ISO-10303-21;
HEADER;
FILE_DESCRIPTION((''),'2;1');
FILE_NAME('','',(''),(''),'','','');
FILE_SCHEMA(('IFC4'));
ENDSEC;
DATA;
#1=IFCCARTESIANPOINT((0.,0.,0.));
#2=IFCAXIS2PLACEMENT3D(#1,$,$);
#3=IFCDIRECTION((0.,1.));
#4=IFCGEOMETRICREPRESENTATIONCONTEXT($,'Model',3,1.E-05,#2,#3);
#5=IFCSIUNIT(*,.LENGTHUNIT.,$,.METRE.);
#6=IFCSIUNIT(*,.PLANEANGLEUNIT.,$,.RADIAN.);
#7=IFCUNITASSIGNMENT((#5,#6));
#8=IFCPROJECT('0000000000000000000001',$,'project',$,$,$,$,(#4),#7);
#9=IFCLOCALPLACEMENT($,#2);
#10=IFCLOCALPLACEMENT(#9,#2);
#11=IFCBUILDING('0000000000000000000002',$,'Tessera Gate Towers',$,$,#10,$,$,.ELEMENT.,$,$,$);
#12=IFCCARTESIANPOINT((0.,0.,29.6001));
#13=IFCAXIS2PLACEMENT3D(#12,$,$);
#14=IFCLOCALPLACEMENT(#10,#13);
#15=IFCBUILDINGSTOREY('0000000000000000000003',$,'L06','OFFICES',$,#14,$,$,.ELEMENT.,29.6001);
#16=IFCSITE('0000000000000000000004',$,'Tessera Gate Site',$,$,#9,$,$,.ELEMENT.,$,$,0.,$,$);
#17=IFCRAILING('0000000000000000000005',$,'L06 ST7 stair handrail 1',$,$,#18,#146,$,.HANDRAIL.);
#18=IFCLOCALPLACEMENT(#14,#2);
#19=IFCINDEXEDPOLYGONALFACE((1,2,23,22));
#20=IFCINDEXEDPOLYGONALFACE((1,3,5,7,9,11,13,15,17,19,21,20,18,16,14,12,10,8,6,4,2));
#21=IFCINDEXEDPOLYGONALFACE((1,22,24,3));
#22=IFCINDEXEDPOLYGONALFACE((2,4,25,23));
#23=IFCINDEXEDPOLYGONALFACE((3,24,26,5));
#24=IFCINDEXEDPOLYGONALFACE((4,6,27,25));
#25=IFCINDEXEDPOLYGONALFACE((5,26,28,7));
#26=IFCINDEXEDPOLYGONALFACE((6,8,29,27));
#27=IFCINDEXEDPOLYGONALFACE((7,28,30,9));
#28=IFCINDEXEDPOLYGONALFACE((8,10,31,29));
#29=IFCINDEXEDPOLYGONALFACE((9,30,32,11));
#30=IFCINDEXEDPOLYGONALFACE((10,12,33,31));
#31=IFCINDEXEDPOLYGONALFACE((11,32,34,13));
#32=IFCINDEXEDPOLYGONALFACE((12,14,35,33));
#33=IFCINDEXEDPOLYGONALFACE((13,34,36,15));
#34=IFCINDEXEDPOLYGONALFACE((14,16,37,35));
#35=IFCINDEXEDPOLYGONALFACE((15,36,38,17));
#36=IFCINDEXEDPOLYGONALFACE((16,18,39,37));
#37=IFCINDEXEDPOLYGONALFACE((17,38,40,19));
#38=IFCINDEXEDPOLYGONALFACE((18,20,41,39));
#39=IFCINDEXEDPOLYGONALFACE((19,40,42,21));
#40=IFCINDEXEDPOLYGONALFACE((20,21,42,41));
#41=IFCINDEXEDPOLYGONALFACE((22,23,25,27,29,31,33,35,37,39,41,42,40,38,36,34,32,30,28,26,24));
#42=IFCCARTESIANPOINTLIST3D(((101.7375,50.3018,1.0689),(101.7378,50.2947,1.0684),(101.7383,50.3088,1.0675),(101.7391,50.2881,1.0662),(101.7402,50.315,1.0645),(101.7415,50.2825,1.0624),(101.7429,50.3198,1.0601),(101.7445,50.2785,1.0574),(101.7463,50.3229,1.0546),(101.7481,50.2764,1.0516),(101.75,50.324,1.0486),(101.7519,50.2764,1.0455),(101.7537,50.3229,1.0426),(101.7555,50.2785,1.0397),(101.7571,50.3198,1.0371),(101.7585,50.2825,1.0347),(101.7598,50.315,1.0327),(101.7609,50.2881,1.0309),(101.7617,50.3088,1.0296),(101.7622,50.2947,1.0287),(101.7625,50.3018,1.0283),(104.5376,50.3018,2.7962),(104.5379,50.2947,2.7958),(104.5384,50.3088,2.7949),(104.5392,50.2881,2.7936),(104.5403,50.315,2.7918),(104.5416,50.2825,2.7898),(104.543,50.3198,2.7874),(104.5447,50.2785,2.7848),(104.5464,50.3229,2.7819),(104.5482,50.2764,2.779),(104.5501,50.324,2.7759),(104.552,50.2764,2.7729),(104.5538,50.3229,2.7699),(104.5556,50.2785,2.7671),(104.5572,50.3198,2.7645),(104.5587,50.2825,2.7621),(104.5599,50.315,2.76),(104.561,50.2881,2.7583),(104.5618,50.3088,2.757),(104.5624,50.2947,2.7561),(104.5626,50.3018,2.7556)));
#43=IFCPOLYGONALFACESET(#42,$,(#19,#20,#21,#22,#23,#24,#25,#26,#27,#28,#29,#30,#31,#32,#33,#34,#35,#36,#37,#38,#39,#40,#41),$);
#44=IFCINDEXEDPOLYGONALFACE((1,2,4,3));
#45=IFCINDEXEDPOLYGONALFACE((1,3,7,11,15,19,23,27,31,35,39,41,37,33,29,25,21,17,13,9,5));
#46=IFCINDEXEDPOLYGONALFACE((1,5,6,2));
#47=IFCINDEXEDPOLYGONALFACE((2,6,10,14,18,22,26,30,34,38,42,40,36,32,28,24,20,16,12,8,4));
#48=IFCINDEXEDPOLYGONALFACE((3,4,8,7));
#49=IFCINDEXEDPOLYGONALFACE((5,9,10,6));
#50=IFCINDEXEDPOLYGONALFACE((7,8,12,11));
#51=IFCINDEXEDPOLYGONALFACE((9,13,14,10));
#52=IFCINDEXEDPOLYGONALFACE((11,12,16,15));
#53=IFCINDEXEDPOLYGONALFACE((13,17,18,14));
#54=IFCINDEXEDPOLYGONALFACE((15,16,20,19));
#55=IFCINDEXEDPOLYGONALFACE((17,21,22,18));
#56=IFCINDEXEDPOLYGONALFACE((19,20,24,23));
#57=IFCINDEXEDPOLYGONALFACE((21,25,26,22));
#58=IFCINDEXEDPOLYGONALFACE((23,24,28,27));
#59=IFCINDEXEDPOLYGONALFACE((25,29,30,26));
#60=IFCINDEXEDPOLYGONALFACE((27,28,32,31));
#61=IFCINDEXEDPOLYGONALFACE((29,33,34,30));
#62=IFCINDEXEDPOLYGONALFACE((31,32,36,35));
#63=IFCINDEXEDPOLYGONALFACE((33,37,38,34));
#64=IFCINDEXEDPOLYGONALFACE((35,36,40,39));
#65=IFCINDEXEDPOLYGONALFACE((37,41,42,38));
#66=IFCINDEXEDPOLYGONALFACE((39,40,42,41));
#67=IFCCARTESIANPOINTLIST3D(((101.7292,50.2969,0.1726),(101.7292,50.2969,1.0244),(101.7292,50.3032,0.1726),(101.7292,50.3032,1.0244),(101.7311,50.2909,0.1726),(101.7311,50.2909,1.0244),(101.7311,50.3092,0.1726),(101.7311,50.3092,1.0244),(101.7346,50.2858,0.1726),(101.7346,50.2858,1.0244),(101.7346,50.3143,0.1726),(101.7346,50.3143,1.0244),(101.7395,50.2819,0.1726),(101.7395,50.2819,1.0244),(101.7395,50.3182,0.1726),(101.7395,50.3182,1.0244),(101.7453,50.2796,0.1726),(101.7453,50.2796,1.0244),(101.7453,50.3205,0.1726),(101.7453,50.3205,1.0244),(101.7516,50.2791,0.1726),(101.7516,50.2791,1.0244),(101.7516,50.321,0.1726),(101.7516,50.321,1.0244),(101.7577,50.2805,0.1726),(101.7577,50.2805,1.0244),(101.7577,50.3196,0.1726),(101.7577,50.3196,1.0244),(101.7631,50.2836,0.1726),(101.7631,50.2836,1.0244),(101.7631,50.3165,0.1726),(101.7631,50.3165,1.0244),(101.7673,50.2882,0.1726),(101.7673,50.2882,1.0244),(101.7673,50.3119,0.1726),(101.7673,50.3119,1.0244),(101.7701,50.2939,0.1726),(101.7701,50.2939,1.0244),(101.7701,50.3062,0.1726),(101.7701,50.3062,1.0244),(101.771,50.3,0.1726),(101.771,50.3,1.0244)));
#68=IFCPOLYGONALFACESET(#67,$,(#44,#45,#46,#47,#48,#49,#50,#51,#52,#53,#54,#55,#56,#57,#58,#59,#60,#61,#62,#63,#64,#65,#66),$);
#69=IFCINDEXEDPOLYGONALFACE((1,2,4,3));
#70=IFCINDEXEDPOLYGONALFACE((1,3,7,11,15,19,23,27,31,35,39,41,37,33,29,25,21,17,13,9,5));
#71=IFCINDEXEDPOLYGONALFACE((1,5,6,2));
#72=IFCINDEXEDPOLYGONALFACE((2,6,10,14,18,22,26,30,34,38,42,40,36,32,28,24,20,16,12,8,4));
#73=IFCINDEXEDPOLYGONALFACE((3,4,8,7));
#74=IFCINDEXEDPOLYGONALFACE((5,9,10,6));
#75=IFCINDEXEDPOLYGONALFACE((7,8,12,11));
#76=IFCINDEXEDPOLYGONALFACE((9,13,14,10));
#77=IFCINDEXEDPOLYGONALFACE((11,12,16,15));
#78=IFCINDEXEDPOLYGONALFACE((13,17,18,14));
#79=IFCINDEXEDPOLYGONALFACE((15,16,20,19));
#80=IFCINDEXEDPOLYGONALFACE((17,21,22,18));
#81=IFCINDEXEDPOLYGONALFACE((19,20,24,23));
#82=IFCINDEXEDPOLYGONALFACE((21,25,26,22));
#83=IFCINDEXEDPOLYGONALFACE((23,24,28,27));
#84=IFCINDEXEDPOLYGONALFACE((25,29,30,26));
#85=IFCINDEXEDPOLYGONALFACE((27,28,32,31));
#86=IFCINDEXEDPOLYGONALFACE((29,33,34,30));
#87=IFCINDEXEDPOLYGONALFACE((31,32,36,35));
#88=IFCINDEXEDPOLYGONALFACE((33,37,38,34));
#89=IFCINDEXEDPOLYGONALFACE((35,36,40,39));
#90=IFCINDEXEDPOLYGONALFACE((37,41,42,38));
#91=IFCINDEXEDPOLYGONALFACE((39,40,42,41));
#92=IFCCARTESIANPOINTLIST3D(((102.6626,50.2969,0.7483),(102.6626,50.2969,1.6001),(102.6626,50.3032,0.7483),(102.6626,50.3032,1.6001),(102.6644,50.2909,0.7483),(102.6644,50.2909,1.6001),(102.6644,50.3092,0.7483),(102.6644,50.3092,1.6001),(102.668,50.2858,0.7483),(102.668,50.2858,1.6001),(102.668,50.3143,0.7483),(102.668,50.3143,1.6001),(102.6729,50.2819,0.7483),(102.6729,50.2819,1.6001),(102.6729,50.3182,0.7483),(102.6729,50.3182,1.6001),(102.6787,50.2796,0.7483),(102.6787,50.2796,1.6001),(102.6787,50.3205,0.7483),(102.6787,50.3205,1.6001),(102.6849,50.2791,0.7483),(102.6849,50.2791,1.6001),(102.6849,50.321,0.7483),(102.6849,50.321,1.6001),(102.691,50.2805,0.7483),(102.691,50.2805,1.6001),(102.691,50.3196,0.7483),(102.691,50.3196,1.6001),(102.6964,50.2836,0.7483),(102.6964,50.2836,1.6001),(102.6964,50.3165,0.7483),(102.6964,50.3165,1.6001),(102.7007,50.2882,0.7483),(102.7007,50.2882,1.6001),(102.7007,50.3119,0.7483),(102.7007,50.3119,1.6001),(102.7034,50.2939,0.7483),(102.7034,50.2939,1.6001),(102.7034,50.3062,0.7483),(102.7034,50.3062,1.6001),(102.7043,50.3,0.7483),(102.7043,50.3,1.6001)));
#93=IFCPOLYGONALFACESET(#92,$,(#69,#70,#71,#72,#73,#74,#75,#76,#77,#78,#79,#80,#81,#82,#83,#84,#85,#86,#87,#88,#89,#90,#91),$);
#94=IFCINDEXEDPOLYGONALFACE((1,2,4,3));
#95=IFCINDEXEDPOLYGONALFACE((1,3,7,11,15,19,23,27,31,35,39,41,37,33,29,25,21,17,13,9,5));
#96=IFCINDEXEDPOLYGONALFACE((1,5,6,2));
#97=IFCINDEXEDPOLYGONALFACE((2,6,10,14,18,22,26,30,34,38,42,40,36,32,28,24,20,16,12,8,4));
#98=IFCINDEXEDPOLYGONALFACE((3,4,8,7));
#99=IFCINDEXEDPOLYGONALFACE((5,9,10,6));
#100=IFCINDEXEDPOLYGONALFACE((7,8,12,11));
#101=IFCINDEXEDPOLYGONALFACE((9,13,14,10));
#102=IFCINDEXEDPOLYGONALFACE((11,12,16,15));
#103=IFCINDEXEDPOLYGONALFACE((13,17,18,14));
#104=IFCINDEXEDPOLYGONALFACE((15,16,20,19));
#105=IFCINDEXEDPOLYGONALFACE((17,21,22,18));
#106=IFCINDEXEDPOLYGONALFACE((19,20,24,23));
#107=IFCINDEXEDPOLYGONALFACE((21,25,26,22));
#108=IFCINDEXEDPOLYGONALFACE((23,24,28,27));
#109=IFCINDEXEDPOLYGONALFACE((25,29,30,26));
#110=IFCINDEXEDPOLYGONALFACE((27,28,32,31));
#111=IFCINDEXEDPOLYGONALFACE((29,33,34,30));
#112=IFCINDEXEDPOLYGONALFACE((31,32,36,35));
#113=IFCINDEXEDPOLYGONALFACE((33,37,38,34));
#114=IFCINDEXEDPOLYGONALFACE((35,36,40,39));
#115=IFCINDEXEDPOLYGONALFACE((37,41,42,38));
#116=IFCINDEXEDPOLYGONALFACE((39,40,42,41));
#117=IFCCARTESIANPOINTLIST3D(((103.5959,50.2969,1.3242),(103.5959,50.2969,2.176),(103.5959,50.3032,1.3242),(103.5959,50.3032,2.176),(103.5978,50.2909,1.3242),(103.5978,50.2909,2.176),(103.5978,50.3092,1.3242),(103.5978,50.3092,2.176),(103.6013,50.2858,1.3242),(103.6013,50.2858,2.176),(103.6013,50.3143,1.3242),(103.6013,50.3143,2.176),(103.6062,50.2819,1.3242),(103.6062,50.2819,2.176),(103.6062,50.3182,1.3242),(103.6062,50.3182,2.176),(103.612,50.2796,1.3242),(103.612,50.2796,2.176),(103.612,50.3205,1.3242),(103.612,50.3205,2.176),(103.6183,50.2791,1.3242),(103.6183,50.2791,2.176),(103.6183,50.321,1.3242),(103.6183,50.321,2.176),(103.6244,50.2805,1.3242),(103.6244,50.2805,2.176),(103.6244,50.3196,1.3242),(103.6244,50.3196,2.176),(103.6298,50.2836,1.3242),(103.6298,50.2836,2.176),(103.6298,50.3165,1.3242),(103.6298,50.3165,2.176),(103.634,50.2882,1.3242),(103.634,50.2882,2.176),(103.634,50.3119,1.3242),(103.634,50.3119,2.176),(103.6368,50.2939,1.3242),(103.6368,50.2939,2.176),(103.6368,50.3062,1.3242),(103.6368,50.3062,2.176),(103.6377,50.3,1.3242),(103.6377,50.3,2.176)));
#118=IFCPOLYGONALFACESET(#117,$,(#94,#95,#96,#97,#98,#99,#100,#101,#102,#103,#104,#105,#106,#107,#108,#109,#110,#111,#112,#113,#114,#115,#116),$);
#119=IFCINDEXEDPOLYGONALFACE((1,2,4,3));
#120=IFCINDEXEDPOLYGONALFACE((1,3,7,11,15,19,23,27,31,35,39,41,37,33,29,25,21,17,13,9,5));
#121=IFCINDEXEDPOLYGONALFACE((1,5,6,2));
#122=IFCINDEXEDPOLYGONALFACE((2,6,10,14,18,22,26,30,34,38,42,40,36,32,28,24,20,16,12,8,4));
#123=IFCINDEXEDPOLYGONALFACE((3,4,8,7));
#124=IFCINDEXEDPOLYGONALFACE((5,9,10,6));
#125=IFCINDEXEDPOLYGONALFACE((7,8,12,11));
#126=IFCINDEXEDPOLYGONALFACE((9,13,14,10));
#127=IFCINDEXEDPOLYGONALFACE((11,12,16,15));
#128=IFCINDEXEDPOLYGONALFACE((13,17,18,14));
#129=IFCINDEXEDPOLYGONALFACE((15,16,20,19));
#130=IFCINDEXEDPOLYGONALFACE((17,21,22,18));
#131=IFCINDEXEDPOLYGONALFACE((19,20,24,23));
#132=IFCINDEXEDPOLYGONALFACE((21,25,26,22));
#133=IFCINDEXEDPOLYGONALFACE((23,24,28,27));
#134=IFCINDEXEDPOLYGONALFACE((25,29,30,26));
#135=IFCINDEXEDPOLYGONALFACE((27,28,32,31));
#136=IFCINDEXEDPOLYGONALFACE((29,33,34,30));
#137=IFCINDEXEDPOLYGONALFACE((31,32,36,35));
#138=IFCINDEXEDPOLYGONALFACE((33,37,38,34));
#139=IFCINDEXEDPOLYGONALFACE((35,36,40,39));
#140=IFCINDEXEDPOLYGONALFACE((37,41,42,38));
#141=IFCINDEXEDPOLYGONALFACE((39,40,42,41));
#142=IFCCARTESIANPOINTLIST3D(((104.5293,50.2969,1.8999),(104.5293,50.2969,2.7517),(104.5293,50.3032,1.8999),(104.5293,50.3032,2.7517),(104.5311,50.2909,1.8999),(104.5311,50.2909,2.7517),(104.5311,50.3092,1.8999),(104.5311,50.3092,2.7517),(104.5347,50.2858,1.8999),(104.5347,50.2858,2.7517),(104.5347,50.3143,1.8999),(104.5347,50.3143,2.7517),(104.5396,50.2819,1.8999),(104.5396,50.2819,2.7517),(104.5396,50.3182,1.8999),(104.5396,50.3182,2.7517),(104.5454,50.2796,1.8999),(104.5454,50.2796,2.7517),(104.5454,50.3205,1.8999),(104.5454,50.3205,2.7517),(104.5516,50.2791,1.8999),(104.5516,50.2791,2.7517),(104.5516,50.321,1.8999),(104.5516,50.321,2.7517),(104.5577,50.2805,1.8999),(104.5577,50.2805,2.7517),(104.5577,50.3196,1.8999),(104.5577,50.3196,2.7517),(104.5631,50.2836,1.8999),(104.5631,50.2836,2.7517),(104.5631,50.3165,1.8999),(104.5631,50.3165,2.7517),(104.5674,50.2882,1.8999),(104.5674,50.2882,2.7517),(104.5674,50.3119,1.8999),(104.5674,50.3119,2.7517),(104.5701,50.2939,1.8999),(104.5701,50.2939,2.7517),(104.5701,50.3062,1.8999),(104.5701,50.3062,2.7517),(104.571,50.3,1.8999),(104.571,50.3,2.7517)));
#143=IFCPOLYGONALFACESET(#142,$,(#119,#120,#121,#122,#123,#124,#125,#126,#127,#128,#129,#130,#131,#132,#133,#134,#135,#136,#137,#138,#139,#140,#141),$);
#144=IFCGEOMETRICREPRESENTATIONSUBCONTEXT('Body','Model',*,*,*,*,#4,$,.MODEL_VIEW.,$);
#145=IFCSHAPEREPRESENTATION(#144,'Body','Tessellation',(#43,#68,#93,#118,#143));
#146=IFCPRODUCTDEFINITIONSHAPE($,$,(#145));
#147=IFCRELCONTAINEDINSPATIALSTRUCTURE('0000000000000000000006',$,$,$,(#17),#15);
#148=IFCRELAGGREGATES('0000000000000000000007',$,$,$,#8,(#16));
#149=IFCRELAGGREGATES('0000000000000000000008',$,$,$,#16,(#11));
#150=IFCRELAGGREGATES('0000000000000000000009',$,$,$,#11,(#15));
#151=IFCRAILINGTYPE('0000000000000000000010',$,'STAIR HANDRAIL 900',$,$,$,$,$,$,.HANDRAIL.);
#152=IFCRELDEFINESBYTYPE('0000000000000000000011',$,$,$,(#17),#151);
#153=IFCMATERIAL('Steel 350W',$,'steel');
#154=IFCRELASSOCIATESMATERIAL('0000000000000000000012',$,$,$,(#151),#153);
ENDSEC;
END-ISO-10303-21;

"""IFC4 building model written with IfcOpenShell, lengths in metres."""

from ifc_helpers import new_model, si_unit, direction, frame, origin, origin_2d, place, context, subcontext, project, spatial, circle, extrude, material, type_object, element, save


model = new_model("IFC4")

# Units and contexts
model_context = context("Model", 3, precision=1e-05, world=origin(), true_north=direction((0.0, 1.0)))
body_context = subcontext(model_context, "Body", "Model", "MODEL_VIEW")
ifc_project = project(units=[si_unit("LENGTHUNIT", "METRE"), si_unit("PLANEANGLEUNIT", "RADIAN")], contexts=[model_context])

# Site, building, storey
site_placement = place(None, origin())
site = spatial("IfcSite", under=ifc_project, at=site_placement, Name="Tessera Gate Site", CompositionType="ELEMENT", RefElevation=0.0)
building_placement = place(site_placement, origin())
building = spatial("IfcBuilding", under=site, at=building_placement, Name="Tessera Gate Towers", CompositionType="ELEMENT")
storey_placement = place(building_placement, frame((0.0, 0.0, 29.6001)))
storey = spatial("IfcBuildingStorey", under=building, at=storey_placement, Name="L06", Description="OFFICES", CompositionType="ELEMENT", Elevation=29.6001)

# Railing
ifc_material_1 = material(Name="Steel 350W", Category="steel")
railing_type_1 = type_object("IfcRailingType", Name="STAIR HANDRAIL 900", PredefinedType="HANDRAIL", material=ifc_material_1)
railing_1_placement = place(storey_placement, frame((101.75, 50.3, 0.1726)))
element("IfcRailing", 1, at=railing_1_placement, inside=storey, type_object=railing_type_1, Name="L06 ST7 stair handrail 1", PredefinedType="HANDRAIL", context=body_context, shape_type="SweptSolid", body=[
    extrude(circle(Radius=0.0239, at=origin_2d()), frame((0.0, 0.0, 0.876), z_axis=(0.85109, 0.0, 0.52502), x_axis=(0.0, 1.0, 0.0)), (0.0, 0.0, 1.0), 3.29),
    extrude(circle(Radius=0.021, at=origin_2d()), origin(), (0.0, 0.0, 1.0), 0.8518),
    extrude(circle(Radius=0.021, at=origin_2d()), frame((0.9333, 0.0, 0.5757)), (0.0, 0.0, 1.0), 0.8518),
    extrude(circle(Radius=0.021, at=origin_2d()), frame((1.8667, 0.0, 1.1516)), (0.0, 0.0, 1.0), 0.8518),
    extrude(circle(Radius=0.021, at=origin_2d()), frame((2.8, 0.0, 1.7273)), (0.0, 0.0, 1.0), 0.8518),
])

save(model, "model.ifc")
